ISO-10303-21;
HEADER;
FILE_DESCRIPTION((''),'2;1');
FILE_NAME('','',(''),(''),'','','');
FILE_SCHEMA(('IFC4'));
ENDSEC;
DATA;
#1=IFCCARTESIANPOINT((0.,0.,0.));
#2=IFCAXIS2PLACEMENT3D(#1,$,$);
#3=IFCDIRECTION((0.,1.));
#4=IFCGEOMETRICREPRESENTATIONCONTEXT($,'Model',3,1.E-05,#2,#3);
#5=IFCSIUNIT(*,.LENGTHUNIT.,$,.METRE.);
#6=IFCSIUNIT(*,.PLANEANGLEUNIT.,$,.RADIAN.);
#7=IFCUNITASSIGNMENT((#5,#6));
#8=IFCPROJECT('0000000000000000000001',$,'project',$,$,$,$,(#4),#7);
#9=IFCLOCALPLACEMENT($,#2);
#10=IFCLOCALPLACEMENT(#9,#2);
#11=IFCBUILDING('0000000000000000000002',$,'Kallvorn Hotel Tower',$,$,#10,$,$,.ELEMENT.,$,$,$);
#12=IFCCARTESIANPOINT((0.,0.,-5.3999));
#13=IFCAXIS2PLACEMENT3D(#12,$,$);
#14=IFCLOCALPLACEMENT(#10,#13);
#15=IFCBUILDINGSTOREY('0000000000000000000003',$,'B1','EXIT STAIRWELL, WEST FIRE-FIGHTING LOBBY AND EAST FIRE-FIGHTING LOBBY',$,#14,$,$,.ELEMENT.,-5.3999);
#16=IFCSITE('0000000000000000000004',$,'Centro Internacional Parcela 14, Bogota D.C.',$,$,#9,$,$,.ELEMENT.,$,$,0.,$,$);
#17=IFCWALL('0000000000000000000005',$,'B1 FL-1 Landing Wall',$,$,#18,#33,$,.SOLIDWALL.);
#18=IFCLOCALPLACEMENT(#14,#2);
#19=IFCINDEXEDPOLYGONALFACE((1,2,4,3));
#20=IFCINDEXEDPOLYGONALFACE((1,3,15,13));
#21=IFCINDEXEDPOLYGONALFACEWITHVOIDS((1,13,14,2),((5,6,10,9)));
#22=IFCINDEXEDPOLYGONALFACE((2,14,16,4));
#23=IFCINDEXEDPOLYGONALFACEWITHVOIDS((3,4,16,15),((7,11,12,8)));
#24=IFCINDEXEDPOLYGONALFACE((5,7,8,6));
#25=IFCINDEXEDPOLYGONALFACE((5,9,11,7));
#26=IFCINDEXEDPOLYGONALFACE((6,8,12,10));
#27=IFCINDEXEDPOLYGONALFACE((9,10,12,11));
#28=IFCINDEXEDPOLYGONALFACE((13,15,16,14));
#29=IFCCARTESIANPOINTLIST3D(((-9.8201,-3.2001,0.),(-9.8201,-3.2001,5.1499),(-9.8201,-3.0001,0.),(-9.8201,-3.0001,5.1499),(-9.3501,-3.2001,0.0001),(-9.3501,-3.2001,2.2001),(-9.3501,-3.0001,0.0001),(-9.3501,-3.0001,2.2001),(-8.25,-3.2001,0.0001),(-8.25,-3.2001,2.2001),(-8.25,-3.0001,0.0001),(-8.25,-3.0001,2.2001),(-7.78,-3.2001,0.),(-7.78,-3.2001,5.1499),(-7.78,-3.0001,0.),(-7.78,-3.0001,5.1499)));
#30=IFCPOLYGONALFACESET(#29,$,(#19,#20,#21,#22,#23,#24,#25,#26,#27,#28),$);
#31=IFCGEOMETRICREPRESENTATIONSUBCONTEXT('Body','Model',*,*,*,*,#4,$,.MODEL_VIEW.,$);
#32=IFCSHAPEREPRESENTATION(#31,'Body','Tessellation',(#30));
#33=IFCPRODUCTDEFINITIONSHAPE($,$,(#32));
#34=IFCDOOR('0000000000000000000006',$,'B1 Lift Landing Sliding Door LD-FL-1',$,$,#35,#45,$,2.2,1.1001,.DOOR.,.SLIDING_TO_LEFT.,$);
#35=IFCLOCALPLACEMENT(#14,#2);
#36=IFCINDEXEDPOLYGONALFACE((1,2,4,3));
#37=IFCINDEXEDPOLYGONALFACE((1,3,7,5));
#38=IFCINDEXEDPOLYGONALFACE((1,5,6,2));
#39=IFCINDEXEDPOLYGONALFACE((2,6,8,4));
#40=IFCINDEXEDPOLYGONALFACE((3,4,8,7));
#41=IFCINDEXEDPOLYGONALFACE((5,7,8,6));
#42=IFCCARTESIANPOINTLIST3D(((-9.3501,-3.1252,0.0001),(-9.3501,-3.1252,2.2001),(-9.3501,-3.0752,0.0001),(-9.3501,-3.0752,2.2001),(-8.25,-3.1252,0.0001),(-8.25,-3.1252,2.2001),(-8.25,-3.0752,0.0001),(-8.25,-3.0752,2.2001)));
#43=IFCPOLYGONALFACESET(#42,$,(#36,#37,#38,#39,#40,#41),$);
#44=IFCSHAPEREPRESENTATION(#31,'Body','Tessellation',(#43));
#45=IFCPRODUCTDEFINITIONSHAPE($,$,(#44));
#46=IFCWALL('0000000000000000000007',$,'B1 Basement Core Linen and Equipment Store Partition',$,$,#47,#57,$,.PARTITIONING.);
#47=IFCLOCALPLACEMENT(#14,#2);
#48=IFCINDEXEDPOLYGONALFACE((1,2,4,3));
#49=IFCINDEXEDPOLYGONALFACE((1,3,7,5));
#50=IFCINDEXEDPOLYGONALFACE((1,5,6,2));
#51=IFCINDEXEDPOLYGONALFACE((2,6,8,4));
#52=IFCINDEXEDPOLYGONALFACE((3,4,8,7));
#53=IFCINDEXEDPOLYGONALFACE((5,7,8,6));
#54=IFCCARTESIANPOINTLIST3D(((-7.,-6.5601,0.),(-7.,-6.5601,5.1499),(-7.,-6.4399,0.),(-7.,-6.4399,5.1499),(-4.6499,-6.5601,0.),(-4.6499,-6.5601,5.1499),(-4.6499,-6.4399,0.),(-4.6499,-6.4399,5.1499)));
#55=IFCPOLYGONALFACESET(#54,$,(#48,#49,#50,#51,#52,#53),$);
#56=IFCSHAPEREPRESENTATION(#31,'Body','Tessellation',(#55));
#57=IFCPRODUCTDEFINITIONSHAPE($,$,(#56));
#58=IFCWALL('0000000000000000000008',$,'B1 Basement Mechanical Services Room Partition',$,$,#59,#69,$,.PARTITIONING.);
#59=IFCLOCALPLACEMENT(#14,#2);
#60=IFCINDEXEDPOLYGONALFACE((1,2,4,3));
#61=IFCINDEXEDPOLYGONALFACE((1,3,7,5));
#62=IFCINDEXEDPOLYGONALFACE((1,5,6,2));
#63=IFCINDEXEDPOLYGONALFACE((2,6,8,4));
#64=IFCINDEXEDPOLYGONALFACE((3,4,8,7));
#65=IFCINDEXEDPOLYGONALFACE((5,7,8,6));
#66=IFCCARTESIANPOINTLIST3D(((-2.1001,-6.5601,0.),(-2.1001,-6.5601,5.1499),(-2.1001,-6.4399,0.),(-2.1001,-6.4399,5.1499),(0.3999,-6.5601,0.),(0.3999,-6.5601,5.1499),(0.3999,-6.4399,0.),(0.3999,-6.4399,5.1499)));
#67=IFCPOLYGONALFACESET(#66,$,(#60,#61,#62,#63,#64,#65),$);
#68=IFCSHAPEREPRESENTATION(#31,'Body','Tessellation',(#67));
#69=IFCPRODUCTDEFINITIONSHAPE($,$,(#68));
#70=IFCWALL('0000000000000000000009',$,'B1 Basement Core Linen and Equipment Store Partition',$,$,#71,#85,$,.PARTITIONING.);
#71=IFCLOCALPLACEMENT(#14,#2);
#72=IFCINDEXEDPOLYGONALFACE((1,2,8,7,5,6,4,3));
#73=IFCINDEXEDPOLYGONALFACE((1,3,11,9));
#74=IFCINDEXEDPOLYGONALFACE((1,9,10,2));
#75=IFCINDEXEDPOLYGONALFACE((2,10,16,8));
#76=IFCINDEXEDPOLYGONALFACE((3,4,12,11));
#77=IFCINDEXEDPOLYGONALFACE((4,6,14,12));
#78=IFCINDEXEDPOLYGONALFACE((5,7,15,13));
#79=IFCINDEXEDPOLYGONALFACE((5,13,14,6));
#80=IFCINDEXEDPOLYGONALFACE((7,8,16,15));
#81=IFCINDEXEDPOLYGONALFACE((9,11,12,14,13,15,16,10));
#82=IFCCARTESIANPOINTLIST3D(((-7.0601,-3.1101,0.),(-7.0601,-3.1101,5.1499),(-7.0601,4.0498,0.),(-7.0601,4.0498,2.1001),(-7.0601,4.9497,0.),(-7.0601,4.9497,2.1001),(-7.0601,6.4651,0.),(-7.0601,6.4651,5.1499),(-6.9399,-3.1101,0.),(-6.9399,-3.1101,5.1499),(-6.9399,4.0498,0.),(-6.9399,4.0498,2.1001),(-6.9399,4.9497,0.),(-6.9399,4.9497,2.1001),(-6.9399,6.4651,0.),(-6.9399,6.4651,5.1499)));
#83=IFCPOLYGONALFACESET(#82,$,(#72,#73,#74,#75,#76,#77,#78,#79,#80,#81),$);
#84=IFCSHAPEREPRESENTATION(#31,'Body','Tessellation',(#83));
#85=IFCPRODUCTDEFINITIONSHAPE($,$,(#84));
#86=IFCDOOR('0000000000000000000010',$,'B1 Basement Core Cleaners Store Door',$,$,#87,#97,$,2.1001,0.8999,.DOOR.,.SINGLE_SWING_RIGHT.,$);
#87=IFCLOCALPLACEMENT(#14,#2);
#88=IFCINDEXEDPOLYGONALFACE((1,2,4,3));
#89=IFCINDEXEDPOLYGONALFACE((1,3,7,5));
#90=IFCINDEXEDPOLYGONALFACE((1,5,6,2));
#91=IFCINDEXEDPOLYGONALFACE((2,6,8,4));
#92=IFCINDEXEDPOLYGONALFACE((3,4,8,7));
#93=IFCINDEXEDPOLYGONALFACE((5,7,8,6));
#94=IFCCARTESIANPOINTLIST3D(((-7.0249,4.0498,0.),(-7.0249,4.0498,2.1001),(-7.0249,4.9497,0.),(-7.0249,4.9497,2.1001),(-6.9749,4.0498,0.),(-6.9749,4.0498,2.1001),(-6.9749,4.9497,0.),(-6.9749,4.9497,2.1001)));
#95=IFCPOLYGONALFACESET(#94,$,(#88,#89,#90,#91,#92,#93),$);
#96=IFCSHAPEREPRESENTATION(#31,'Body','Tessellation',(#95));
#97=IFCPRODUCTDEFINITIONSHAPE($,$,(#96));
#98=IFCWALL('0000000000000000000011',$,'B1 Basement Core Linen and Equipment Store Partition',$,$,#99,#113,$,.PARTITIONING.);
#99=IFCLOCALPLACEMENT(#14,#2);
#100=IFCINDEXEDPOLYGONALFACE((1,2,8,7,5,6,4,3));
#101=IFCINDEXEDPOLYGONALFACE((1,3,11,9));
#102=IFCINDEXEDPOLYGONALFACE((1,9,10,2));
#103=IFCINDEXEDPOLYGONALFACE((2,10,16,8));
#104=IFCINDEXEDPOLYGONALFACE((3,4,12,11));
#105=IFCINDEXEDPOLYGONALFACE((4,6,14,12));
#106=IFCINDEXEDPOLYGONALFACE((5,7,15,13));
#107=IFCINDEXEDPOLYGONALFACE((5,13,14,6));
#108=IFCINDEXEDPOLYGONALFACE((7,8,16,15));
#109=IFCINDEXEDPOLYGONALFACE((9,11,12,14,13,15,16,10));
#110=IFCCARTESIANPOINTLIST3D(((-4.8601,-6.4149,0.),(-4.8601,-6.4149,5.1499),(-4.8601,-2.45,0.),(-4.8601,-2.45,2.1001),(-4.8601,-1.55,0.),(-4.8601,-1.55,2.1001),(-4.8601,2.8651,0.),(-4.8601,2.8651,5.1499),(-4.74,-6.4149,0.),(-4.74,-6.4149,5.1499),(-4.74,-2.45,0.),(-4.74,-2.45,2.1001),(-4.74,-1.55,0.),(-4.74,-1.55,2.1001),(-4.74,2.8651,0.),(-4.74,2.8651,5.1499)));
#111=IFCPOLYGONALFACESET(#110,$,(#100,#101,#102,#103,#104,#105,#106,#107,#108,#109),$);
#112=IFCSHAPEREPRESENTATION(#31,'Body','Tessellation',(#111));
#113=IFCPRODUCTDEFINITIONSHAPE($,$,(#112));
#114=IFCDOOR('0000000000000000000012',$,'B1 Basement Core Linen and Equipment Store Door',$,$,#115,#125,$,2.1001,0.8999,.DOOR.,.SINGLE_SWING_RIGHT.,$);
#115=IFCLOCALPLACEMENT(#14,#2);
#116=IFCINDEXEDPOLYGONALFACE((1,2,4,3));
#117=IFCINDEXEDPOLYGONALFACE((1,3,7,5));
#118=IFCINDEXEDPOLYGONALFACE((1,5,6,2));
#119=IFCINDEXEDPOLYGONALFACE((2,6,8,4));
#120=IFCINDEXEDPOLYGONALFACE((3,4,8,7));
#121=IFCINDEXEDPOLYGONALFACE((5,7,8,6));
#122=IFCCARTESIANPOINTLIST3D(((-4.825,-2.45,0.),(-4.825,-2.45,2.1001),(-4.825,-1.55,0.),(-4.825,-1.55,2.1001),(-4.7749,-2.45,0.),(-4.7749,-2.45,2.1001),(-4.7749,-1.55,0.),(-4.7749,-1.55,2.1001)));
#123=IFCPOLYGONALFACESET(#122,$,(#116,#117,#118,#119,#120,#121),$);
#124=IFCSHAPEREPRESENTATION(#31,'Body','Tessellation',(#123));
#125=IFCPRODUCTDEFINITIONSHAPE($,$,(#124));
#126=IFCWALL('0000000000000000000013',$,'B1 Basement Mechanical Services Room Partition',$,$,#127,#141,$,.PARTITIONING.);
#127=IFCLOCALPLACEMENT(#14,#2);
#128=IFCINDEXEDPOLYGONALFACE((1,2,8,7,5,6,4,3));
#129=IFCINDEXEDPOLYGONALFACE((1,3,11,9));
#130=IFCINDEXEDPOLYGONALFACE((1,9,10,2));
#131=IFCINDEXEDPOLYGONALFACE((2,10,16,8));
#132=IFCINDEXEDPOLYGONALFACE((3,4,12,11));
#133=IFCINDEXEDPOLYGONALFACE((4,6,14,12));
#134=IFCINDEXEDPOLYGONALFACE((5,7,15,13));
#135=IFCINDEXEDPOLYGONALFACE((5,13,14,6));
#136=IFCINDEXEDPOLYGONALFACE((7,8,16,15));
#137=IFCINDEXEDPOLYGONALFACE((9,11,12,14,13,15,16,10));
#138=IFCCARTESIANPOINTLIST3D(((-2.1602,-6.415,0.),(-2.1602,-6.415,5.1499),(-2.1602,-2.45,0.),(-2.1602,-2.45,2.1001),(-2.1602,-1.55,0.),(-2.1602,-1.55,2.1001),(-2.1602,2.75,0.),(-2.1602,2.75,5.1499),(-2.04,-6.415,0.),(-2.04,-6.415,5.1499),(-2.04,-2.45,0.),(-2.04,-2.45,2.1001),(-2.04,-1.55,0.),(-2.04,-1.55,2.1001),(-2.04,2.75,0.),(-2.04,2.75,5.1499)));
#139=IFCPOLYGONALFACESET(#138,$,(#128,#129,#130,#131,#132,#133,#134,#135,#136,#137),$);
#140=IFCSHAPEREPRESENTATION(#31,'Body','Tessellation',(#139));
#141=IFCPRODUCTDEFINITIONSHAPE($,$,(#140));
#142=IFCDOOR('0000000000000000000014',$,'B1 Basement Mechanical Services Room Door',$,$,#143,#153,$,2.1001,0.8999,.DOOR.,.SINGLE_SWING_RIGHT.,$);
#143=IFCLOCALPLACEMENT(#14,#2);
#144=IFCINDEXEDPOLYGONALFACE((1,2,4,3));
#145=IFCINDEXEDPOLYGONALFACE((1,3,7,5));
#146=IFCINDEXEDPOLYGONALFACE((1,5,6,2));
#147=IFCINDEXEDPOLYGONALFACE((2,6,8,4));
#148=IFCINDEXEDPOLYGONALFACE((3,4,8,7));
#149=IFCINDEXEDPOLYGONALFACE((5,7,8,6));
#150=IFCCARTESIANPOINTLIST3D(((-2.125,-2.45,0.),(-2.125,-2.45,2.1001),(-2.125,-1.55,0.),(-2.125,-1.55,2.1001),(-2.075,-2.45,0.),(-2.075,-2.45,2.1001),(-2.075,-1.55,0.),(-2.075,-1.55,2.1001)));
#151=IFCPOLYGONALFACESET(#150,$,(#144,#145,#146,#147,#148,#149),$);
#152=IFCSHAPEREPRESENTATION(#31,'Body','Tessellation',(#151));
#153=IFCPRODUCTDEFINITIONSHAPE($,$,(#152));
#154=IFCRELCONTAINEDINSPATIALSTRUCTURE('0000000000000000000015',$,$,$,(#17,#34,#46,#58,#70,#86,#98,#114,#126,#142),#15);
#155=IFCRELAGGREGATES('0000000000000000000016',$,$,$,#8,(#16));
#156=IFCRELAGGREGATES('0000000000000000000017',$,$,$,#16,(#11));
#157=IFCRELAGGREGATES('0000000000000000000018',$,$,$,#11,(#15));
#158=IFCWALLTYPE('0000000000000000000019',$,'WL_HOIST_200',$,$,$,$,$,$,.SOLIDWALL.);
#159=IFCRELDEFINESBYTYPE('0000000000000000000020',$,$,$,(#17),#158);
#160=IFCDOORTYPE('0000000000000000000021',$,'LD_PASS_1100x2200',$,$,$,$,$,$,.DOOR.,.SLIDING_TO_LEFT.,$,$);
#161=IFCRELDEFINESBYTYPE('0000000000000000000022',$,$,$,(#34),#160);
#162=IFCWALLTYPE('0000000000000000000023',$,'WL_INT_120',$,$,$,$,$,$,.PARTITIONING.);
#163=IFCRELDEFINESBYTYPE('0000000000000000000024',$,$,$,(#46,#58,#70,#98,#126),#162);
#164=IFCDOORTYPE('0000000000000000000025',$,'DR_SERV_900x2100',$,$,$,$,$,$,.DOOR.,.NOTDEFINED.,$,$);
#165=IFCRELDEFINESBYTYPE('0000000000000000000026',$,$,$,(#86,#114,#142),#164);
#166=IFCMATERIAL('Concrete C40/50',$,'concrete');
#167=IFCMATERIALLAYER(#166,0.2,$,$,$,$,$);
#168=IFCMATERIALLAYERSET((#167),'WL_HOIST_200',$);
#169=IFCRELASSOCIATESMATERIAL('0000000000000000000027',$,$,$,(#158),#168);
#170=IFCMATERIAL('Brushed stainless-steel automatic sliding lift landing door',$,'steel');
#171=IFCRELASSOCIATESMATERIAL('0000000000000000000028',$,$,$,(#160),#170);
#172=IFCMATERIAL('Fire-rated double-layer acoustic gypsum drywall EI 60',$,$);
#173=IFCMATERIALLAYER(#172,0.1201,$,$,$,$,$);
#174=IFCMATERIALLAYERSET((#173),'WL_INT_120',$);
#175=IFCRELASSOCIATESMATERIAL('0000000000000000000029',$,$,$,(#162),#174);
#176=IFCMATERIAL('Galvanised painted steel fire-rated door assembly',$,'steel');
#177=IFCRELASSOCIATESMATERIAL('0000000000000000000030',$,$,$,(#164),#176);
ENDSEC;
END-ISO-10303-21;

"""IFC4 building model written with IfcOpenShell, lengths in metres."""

from ifc_helpers import new_model, si_unit, direction, frame, frame_2d, origin, place, context, subcontext, project, spatial, rectangle, extrude, material, layer, layer_set, type_object, element, fill, save


model = new_model("IFC4")

# Units and contexts
model_context = context("Model", 3, precision=1e-05, world=origin(), true_north=direction((0.0, 1.0)))
body_context = subcontext(model_context, "Body", "Model", "MODEL_VIEW")
ifc_project = project(units=[si_unit("LENGTHUNIT", "METRE"), si_unit("PLANEANGLEUNIT", "RADIAN")], contexts=[model_context])

# Site, building, storey
site_placement = place(None, origin())
site = spatial("IfcSite", under=ifc_project, at=site_placement, Name="Centro Internacional Parcela 14, Bogota D.C.", CompositionType="ELEMENT", RefElevation=0.0)
building_placement = place(site_placement, origin())
building = spatial("IfcBuilding", under=site, at=building_placement, Name="Kallvorn Hotel Tower", CompositionType="ELEMENT")
storey_placement = place(building_placement, frame((0.0, 0.0, -5.3999)))
storey = spatial("IfcBuildingStorey", under=building, at=storey_placement, Name="B1", Description="EXIT STAIRWELL, WEST FIRE-FIGHTING LOBBY AND EAST FIRE-FIGHTING LOBBY", CompositionType="ELEMENT", Elevation=-5.3999)

# Wall, opening, door
ifc_material_1 = material(Name="Concrete C40/50", Category="concrete")
ifc_layer_1 = layer(ifc_material_1, 0.2)
ifc_layer_set_1 = layer_set([ifc_layer_1], Name="WL_HOIST_200")
wall_type_1 = type_object("IfcWallType", Name="WL_HOIST_200", PredefinedType="SOLIDWALL", material=ifc_layer_set_1)
wall_1_placement = place(storey_placement, frame((-9.8201, -3.1001, 0.0), z_axis=(0.0, 0.0, 1.0), x_axis=(1.0, 0.0, 0.0)))
wall_1 = element("IfcWall", 1, at=wall_1_placement, inside=storey, type_object=wall_type_1, Name="B1 FL-1 Landing Wall", PredefinedType="SOLIDWALL", context=body_context, shape_type="SweptSolid", body=[
    extrude(rectangle(XDim=2.04, YDim=0.2, at=frame_2d((1.02, 0.0))), origin(), (0.0, 0.0, 1.0), 5.1499),
])
opening_1_placement = place(wall_1_placement, frame((0.47, 0.0, 0.0)))
opening_1 = element("IfcOpeningElement", 2, at=opening_1_placement, cuts=wall_1, PredefinedType="OPENING", context=body_context, shape_type="SweptSolid", body=[
    extrude(rectangle(XDim=1.1001, YDim=2.2, at=frame_2d((0.55, 1.1001))), frame((0.0, 0.115, 0.0), z_axis=(0.0, -1.0, 0.0), x_axis=(1.0, 0.0, 0.0)), (0.0, 0.0, 1.0), 0.23),
])
ifc_material_2 = material(Name="Brushed stainless-steel automatic sliding lift landing door", Category="steel")
door_type_1 = type_object("IfcDoorType", Name="LD_PASS_1100x2200", OperationType="SLIDING_TO_LEFT", PredefinedType="DOOR", material=ifc_material_2)
door_1_placement = place(opening_1_placement, origin())
door_1 = element("IfcDoor", 3, at=door_1_placement, inside=storey, type_object=door_type_1, Name="B1 Lift Landing Sliding Door LD-FL-1", OperationType="SLIDING_TO_LEFT", OverallHeight=2.2, OverallWidth=1.1001, PredefinedType="DOOR", context=body_context, shape_type="SweptSolid", body=[
    extrude(rectangle(XDim=1.1001, YDim=2.2, at=frame_2d((0.55, 1.1001))), frame((0.0, 0.0249, 0.0), z_axis=(0.0, -1.0, 0.0), x_axis=(1.0, 0.0, 0.0)), (0.0, 0.0, 1.0), 0.05),
])
fill(opening_1, door_1)

# Walls
ifc_material_3 = material(Name="Fire-rated double-layer acoustic gypsum drywall EI 60")
ifc_layer_2 = layer(ifc_material_3, 0.1201)
ifc_layer_set_2 = layer_set([ifc_layer_2], Name="WL_INT_120")
wall_type_2 = type_object("IfcWallType", Name="WL_INT_120", PredefinedType="PARTITIONING", material=ifc_layer_set_2)
wall_2_placement = place(storey_placement, frame((-7.0, -6.5, 0.0), z_axis=(0.0, 0.0, 1.0), x_axis=(1.0, 0.0, 0.0)))
element("IfcWall", 4, at=wall_2_placement, inside=storey, type_object=wall_type_2, Name="B1 Basement Core Linen and Equipment Store Partition", PredefinedType="PARTITIONING", context=body_context, shape_type="SweptSolid", body=[
    extrude(rectangle(XDim=2.3501, YDim=0.1201, at=frame_2d((1.175, 0.0))), origin(), (0.0, 0.0, 1.0), 5.1499),
])
wall_3_placement = place(storey_placement, frame((-2.1001, -6.5, 0.0), z_axis=(0.0, 0.0, 1.0), x_axis=(1.0, 0.0, 0.0)))
element("IfcWall", 5, at=wall_3_placement, inside=storey, type_object=wall_type_2, Name="B1 Basement Mechanical Services Room Partition", PredefinedType="PARTITIONING", context=body_context, shape_type="SweptSolid", body=[
    extrude(rectangle(XDim=2.5, YDim=0.1201, at=frame_2d((1.25, 0.0))), origin(), (0.0, 0.0, 1.0), 5.1499),
])

# Walls, openings, doors
wall_4_placement = place(storey_placement, frame((-7.0, -3.1101, 0.0), z_axis=(0.0, 0.0, 1.0), x_axis=(0.0, 1.0, 0.0)))
wall_4 = element("IfcWall", 6, at=wall_4_placement, inside=storey, type_object=wall_type_2, Name="B1 Basement Core Linen and Equipment Store Partition", PredefinedType="PARTITIONING", context=body_context, shape_type="SweptSolid", body=[
    extrude(rectangle(XDim=9.5752, YDim=0.1201, at=frame_2d((4.7876, 0.0))), origin(), (0.0, 0.0, 1.0), 5.1499),
])
opening_2_placement = place(wall_4_placement, frame((7.1599, 0.0, 0.0)))
opening_2 = element("IfcOpeningElement", 7, at=opening_2_placement, cuts=wall_4, PredefinedType="OPENING", context=body_context, shape_type="SweptSolid", body=[
    extrude(rectangle(XDim=0.8999, YDim=2.1001, at=frame_2d((0.45, 1.05))), frame((0.0, 0.075, 0.0), z_axis=(0.0, -1.0, 0.0), x_axis=(1.0, 0.0, 0.0)), (0.0, 0.0, 1.0), 0.1501),
])
ifc_material_4 = material(Name="Galvanised painted steel fire-rated door assembly", Category="steel")
door_type_2 = type_object("IfcDoorType", Name="DR_SERV_900x2100", OperationType="NOTDEFINED", PredefinedType="DOOR", material=ifc_material_4)
door_2_placement = place(opening_2_placement, origin())
door_2 = element("IfcDoor", 8, at=door_2_placement, inside=storey, type_object=door_type_2, Name="B1 Basement Core Cleaners Store Door", OperationType="SINGLE_SWING_RIGHT", OverallHeight=2.1001, OverallWidth=0.8999, PredefinedType="DOOR", context=body_context, shape_type="SweptSolid", body=[
    extrude(rectangle(XDim=0.8999, YDim=2.1001, at=frame_2d((0.45, 1.05))), frame((0.0, 0.0249, 0.0), z_axis=(0.0, -1.0, 0.0), x_axis=(1.0, 0.0, 0.0)), (0.0, 0.0, 1.0), 0.05),
])
fill(opening_2, door_2)
wall_5_placement = place(storey_placement, frame((-4.8, -6.415, 0.0), z_axis=(0.0, 0.0, 1.0), x_axis=(0.0, 1.0, 0.0)))
wall_5 = element("IfcWall", 9, at=wall_5_placement, inside=storey, type_object=wall_type_2, Name="B1 Basement Core Linen and Equipment Store Partition", PredefinedType="PARTITIONING", context=body_context, shape_type="SweptSolid", body=[
    extrude(rectangle(XDim=9.28, YDim=0.1201, at=frame_2d((4.6401, 0.0))), origin(), (0.0, 0.0, 1.0), 5.1499),
])
opening_3_placement = place(wall_5_placement, frame((3.9651, 0.0, 0.0)))
opening_3 = element("IfcOpeningElement", 10, at=opening_3_placement, cuts=wall_5, PredefinedType="OPENING", context=body_context, shape_type="SweptSolid", body=[
    extrude(rectangle(XDim=0.8999, YDim=2.1001, at=frame_2d((0.45, 1.05))), frame((0.0, 0.075, 0.0), z_axis=(0.0, -1.0, 0.0), x_axis=(1.0, 0.0, 0.0)), (0.0, 0.0, 1.0), 0.1501),
])
door_3_placement = place(opening_3_placement, origin())
door_3 = element("IfcDoor", 11, at=door_3_placement, inside=storey, type_object=door_type_2, Name="B1 Basement Core Linen and Equipment Store Door", OperationType="SINGLE_SWING_RIGHT", OverallHeight=2.1001, OverallWidth=0.8999, PredefinedType="DOOR", context=body_context, shape_type="SweptSolid", body=[
    extrude(rectangle(XDim=0.8999, YDim=2.1001, at=frame_2d((0.45, 1.05))), frame((0.0, 0.0249, 0.0), z_axis=(0.0, -1.0, 0.0), x_axis=(1.0, 0.0, 0.0)), (0.0, 0.0, 1.0), 0.05),
])
fill(opening_3, door_3)
wall_6_placement = place(storey_placement, frame((-2.1001, -6.415, 0.0), z_axis=(0.0, 0.0, 1.0), x_axis=(0.0, 1.0, 0.0)))
wall_6 = element("IfcWall", 12, at=wall_6_placement, inside=storey, type_object=wall_type_2, Name="B1 Basement Mechanical Services Room Partition", PredefinedType="PARTITIONING", context=body_context, shape_type="SweptSolid", body=[
    extrude(rectangle(XDim=9.165, YDim=0.1201, at=frame_2d((4.5825, 0.0))), origin(), (0.0, 0.0, 1.0), 5.1499),
])
opening_4_placement = place(wall_6_placement, frame((3.9651, 0.0, 0.0)))
opening_4 = element("IfcOpeningElement", 13, at=opening_4_placement, cuts=wall_6, PredefinedType="OPENING", context=body_context, shape_type="SweptSolid", body=[
    extrude(rectangle(XDim=0.8999, YDim=2.1001, at=frame_2d((0.45, 1.05))), frame((0.0, 0.075, 0.0), z_axis=(0.0, -1.0, 0.0), x_axis=(1.0, 0.0, 0.0)), (0.0, 0.0, 1.0), 0.1501),
])
door_4_placement = place(opening_4_placement, origin())
door_4 = element("IfcDoor", 14, at=door_4_placement, inside=storey, type_object=door_type_2, Name="B1 Basement Mechanical Services Room Door", OperationType="SINGLE_SWING_RIGHT", OverallHeight=2.1001, OverallWidth=0.8999, PredefinedType="DOOR", context=body_context, shape_type="SweptSolid", body=[
    extrude(rectangle(XDim=0.8999, YDim=2.1001, at=frame_2d((0.45, 1.05))), frame((0.0, 0.0249, 0.0), z_axis=(0.0, -1.0, 0.0), x_axis=(1.0, 0.0, 0.0)), (0.0, 0.0, 1.0), 0.05),
])
fill(opening_4, door_4)

save(model, "model.ifc")
